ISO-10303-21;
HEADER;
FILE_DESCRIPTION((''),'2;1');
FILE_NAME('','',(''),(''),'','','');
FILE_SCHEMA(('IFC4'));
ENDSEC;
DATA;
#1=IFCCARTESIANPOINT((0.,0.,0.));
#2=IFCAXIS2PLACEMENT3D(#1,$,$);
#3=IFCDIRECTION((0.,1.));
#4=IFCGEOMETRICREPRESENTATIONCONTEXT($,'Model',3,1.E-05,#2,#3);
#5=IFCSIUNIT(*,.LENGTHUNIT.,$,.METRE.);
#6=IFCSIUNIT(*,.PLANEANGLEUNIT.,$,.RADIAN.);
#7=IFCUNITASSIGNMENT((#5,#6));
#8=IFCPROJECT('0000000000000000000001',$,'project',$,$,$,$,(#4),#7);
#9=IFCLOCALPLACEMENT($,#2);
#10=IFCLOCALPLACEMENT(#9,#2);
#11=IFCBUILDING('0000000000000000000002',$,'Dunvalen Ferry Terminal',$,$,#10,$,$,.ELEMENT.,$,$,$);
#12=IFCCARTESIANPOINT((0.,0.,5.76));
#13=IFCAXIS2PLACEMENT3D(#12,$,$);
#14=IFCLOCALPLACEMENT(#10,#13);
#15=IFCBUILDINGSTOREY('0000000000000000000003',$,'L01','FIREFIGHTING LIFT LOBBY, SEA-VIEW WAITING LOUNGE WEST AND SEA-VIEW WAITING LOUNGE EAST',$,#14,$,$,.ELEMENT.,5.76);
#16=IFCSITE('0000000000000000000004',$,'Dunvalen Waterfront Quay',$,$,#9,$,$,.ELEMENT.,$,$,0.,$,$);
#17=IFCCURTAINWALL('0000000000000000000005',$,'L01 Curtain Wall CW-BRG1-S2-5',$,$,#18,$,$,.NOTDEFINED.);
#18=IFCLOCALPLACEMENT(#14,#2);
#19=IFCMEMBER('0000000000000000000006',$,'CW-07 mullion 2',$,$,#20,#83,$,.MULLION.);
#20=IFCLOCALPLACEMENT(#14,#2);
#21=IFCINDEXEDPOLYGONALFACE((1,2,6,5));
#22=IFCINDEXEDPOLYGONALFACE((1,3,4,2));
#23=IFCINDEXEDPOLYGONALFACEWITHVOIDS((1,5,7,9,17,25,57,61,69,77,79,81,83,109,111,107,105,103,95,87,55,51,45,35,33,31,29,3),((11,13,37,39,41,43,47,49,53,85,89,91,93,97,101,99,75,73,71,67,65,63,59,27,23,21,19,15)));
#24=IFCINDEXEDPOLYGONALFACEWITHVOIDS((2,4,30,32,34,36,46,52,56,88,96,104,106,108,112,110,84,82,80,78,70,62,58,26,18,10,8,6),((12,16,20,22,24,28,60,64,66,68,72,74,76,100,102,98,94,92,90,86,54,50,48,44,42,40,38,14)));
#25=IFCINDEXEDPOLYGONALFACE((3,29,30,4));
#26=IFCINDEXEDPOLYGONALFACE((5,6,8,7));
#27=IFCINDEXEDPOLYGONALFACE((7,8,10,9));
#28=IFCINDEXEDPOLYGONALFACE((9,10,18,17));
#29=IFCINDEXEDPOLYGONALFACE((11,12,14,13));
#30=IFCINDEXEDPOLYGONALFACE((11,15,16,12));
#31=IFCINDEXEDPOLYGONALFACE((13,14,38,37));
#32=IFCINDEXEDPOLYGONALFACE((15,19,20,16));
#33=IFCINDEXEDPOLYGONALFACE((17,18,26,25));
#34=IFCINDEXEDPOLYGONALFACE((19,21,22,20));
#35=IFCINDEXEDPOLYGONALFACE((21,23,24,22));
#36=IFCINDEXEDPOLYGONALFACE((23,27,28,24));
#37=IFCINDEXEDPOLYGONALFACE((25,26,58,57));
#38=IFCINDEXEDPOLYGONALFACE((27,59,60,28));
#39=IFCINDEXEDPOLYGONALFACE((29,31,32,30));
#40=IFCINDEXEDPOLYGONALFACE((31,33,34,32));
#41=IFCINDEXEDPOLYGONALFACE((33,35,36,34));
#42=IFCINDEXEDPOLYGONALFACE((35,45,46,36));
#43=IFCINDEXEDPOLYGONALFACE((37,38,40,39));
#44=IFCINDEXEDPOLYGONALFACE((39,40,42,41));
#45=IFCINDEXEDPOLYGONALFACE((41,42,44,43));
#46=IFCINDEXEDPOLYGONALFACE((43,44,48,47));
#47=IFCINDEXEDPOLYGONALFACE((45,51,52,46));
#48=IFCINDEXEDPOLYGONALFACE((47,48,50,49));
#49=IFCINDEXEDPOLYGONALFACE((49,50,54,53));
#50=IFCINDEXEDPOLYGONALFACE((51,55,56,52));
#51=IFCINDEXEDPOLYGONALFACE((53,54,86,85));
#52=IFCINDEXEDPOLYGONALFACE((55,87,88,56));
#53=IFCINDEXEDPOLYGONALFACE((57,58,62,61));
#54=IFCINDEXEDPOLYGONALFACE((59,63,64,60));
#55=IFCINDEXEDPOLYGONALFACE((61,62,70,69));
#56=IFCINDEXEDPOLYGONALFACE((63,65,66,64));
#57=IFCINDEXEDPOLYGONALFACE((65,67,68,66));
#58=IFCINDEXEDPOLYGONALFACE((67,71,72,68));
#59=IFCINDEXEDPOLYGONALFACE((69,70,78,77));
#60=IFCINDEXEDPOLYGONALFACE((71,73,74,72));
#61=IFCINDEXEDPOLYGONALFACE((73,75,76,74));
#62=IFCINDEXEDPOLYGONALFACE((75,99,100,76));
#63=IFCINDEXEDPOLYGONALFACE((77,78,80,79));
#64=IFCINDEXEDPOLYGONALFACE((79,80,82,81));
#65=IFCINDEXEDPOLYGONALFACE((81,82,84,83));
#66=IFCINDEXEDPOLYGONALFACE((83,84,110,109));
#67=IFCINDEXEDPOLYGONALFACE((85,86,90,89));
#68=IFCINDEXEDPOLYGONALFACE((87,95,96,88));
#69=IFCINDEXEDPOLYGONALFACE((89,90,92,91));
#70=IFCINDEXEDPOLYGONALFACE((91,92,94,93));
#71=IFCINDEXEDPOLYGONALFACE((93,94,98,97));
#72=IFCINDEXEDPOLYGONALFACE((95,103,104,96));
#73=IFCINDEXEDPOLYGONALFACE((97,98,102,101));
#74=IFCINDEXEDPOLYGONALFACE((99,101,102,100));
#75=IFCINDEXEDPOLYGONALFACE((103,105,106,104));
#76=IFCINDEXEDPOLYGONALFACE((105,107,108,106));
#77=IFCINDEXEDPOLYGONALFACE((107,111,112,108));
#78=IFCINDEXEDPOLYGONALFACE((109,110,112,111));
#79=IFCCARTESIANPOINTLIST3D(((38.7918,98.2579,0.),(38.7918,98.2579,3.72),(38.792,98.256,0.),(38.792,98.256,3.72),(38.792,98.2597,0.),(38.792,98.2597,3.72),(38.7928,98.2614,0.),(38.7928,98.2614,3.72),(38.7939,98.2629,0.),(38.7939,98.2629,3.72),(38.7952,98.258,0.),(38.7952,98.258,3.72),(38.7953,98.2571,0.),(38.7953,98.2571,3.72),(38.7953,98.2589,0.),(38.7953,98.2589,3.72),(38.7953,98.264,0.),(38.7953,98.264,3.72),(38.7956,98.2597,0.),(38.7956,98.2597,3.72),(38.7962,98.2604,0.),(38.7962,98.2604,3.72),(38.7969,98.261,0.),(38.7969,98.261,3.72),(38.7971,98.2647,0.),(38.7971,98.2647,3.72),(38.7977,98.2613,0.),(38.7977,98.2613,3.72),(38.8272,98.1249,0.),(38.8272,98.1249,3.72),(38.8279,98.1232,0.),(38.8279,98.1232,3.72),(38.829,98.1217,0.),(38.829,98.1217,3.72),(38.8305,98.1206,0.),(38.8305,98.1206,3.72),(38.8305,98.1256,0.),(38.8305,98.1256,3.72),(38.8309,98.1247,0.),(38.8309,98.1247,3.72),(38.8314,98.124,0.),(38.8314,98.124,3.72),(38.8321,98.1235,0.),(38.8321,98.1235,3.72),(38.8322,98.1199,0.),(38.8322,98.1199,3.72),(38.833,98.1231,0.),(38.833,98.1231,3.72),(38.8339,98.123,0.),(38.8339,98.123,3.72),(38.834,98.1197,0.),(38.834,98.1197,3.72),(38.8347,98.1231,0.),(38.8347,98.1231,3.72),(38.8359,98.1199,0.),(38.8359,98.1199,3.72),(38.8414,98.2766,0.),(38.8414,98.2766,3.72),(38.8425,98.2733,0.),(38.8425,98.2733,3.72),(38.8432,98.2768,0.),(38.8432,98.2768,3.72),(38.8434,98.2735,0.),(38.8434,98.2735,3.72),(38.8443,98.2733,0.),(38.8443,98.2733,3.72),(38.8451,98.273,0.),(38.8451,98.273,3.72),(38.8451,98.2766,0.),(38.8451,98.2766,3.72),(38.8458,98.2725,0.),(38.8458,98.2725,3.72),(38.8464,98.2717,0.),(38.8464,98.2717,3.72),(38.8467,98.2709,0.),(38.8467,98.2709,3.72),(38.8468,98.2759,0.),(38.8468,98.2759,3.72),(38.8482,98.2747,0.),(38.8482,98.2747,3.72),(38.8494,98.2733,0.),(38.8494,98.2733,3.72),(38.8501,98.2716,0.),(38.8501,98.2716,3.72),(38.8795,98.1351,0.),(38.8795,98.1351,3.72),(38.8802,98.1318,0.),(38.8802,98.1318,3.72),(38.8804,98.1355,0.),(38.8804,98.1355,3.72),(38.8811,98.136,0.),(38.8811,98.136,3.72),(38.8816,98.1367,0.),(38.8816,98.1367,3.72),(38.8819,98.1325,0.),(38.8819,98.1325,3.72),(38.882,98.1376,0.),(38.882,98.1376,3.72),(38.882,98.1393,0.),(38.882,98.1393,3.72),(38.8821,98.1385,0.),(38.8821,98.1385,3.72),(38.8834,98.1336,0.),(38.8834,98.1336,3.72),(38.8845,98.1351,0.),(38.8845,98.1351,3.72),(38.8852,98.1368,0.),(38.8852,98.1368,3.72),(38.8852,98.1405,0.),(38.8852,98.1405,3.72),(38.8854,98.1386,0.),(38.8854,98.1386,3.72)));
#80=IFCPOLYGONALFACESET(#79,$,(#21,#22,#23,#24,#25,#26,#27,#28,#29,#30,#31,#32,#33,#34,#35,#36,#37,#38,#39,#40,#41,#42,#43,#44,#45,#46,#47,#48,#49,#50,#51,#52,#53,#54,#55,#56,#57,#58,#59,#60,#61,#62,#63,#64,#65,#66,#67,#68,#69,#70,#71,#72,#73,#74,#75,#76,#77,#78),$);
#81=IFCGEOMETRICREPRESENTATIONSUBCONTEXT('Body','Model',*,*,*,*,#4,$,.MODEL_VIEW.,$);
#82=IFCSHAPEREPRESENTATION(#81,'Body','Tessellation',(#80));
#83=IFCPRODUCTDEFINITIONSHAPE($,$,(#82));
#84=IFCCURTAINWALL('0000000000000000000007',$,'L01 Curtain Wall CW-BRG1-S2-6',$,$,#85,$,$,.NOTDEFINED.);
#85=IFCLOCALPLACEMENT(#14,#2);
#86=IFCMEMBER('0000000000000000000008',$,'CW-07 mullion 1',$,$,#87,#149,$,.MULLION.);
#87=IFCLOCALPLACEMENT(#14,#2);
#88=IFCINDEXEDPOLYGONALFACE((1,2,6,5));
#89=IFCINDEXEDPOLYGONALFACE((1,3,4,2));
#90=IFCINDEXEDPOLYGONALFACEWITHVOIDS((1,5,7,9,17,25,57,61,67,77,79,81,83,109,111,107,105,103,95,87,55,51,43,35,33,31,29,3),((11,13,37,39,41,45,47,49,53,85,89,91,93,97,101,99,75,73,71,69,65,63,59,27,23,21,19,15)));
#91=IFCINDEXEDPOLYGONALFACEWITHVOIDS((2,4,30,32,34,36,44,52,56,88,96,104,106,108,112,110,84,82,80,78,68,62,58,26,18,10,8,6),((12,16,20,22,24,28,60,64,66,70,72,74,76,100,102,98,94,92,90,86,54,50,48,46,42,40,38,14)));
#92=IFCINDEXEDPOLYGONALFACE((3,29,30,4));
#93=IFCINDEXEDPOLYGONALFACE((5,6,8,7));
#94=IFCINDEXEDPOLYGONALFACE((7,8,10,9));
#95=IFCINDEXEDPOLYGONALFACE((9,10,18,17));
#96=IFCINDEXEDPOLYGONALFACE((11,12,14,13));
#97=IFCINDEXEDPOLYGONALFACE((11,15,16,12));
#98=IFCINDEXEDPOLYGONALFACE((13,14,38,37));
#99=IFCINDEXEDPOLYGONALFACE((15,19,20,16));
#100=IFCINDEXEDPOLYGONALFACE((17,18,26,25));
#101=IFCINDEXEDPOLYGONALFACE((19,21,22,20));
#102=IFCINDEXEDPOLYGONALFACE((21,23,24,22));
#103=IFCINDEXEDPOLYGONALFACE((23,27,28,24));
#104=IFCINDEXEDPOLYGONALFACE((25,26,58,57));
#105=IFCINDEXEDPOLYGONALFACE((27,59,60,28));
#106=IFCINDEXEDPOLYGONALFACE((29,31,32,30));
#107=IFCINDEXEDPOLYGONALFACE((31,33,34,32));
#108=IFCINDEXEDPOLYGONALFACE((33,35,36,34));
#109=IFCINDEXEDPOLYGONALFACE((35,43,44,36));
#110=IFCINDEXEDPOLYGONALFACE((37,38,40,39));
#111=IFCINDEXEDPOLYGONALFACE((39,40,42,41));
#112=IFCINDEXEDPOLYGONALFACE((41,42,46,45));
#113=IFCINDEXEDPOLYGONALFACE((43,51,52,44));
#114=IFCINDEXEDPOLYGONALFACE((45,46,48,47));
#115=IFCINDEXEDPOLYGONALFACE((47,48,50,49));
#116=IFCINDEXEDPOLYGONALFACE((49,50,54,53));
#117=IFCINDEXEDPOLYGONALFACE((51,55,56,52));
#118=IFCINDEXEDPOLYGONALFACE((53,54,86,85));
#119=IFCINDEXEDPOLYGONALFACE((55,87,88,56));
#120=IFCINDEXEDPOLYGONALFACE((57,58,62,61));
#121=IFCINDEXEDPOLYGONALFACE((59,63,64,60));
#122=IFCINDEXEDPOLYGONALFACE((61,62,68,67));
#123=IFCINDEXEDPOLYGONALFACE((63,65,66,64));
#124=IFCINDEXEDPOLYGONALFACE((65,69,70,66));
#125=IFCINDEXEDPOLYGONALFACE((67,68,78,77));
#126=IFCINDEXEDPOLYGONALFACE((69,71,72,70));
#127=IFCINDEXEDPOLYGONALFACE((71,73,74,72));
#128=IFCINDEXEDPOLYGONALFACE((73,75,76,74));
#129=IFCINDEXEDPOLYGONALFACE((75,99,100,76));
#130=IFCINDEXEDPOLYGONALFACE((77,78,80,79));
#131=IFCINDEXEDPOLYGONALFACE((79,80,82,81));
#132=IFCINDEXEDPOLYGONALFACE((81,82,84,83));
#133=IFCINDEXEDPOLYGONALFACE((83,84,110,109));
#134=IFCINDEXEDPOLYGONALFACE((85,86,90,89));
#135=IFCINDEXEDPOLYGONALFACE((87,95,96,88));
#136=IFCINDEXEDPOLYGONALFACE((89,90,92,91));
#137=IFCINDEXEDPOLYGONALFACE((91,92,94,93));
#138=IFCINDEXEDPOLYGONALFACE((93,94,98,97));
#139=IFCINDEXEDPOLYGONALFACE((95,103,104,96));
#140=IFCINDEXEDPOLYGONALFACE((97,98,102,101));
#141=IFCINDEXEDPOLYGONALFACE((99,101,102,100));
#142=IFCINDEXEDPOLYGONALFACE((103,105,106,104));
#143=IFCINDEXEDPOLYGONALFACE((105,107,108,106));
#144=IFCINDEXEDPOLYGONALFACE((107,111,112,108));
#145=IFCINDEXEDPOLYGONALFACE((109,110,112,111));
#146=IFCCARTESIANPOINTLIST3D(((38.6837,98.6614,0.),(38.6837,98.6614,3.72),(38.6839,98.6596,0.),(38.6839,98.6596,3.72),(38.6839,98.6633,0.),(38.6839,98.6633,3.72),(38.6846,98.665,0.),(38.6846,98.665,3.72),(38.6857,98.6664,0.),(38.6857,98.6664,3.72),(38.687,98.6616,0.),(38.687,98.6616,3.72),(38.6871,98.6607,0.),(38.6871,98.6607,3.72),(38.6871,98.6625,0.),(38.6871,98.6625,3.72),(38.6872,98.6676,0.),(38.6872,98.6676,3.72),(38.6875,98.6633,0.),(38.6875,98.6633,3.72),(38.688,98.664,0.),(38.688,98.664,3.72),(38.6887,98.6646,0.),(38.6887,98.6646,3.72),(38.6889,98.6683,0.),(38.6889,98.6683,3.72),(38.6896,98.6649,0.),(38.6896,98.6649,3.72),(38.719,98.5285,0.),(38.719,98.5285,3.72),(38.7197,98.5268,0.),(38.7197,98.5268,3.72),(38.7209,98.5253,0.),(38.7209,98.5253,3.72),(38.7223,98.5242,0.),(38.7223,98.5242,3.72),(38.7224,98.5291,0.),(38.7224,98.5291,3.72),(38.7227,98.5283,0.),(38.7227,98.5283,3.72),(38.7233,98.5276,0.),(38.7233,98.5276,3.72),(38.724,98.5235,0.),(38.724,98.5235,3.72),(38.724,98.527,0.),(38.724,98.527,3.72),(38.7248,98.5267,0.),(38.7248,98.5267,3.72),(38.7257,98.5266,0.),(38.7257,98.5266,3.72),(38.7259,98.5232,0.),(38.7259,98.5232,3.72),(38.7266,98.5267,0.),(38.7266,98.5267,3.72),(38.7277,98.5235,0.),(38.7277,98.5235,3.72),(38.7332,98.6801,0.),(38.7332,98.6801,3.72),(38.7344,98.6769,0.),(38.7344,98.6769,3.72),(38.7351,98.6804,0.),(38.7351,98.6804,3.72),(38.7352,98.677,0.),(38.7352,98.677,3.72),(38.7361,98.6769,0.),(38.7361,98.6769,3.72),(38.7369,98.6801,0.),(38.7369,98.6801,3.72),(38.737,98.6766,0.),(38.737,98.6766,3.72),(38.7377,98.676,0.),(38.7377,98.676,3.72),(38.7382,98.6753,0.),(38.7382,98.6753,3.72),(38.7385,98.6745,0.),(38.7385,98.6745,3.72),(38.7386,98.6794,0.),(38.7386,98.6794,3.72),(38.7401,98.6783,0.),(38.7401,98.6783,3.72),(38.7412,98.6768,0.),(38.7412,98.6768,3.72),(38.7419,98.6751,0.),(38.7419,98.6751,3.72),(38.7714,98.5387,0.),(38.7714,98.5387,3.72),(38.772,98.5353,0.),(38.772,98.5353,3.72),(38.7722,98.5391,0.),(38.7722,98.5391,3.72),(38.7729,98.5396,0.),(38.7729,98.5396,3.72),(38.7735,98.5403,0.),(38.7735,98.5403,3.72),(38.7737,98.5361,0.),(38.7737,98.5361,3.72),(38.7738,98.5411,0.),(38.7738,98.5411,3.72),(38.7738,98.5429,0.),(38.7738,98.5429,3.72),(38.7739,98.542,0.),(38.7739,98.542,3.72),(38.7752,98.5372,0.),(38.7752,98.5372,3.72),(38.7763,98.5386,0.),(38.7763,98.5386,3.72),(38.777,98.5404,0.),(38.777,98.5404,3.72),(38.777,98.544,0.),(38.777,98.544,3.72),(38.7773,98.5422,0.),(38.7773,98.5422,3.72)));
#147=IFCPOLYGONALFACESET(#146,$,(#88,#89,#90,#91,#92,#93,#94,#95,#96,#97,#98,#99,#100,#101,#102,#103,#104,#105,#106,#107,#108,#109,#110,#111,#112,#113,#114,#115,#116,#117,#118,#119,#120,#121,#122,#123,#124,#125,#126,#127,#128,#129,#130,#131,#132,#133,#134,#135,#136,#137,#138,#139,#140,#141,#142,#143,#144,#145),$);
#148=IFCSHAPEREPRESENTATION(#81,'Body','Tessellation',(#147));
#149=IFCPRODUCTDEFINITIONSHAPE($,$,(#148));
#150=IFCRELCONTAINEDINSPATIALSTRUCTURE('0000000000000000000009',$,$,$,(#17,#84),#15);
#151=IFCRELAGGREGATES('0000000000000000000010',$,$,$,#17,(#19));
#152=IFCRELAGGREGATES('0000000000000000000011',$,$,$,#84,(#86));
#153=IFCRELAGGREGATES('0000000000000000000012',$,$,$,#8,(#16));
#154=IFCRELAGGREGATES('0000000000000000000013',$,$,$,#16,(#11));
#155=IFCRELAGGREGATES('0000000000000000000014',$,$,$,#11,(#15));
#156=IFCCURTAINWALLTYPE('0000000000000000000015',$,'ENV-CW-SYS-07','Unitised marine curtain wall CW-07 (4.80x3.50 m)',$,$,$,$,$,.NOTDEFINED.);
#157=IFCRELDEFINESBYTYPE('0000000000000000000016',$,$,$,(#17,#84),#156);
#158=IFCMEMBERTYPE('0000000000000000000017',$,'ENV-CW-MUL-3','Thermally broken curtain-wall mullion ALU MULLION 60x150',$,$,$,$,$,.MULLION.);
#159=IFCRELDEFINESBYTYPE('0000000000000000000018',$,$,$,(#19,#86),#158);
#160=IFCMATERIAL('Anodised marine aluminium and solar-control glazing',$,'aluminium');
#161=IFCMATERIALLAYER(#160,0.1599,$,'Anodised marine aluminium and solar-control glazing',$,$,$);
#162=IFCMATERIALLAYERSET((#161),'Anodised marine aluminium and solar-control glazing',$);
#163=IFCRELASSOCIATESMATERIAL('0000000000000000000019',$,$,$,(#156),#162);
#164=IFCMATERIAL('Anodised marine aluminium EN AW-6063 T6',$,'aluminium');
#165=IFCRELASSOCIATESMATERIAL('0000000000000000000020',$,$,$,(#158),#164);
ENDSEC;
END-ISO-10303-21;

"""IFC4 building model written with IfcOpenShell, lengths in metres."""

from ifc_helpers import new_model, si_unit, direction, frame, origin, origin_2d, place, context, subcontext, project, spatial, hollow_rectangle, extrude, material, layer, layer_set, material_profile, profile_set, type_object, element, aggregate, save


model = new_model("IFC4")

# Units and contexts
model_context = context("Model", 3, precision=1e-05, world=origin(), true_north=direction((0.0, 1.0)))
body_context = subcontext(model_context, "Body", "Model", "MODEL_VIEW")
ifc_project = project(units=[si_unit("LENGTHUNIT", "METRE"), si_unit("PLANEANGLEUNIT", "RADIAN")], contexts=[model_context])

# Site, building, storey
site_placement = place(None, origin())
site = spatial("IfcSite", under=ifc_project, at=site_placement, Name="Dunvalen Waterfront Quay", CompositionType="ELEMENT", RefElevation=0.0)
building_placement = place(site_placement, origin())
building = spatial("IfcBuilding", under=site, at=building_placement, Name="Dunvalen Ferry Terminal", CompositionType="ELEMENT")
storey_placement = place(building_placement, frame((0.0, 0.0, 5.76)))
storey = spatial("IfcBuildingStorey", under=building, at=storey_placement, Name="L01", Description="FIREFIGHTING LIFT LOBBY, SEA-VIEW WAITING LOUNGE WEST AND SEA-VIEW WAITING LOUNGE EAST", CompositionType="ELEMENT", Elevation=5.76)

# Shared definitions
ifc_material_1 = material(Name="Anodised marine aluminium and solar-control glazing", Category="aluminium")
ifc_layer_1 = layer(ifc_material_1, 0.1599, Name="Anodised marine aluminium and solar-control glazing")
ifc_layer_set_1 = layer_set([ifc_layer_1], Name="Anodised marine aluminium and solar-control glazing")
curtain_wall_type_1 = type_object("IfcCurtainWallType", Name="ENV-CW-SYS-07", Description="Unitised marine curtain wall CW-07 (4.80x3.50 m)", PredefinedType="NOTDEFINED", material=ifc_layer_set_1)
ifc_material_2 = material(Name="Anodised marine aluminium EN AW-6063 T6", Category="aluminium")
ifc_material_profile_1 = material_profile(ifc_material_2, hollow_rectangle(XDim=0.0601, YDim=0.1499, WallThickness=0.0034, InnerFilletRadius=0.0034, OuterFilletRadius=0.0071, at=origin_2d()), Name="Anodised marine aluminium EN AW-6063 T6")
ifc_profile_set_1 = profile_set([ifc_material_profile_1], Name="Anodised marine aluminium EN AW-6063 T6")
member_type_1 = type_object("IfcMemberType", Name="ENV-CW-MUL-3", Description="Thermally broken curtain-wall mullion ALU MULLION 60x150", PredefinedType="MULLION", material=ifc_profile_set_1)

# Curtain walls, members
curtain_wall_1_placement = place(storey_placement, origin())
curtain_wall_1 = element("IfcCurtainWall", 1, at=curtain_wall_1_placement, inside=storey, type_object=curtain_wall_type_1, Name="L01 Curtain Wall CW-BRG1-S2-5", PredefinedType="NOTDEFINED")
member_1_placement = place(storey_placement, frame((38.8386, 98.1982, 0.0), z_axis=(0.0, 0.0, 1.0), x_axis=(-0.965923, -0.25883, 0.0)))
member_1 = element("IfcMember", 2, at=member_1_placement, type_object=member_type_1, Name="CW-07 mullion 2", PredefinedType="MULLION", context=body_context, shape_type="SweptSolid", body=[
    extrude(hollow_rectangle(XDim=0.0601, YDim=0.1499, WallThickness=0.0034, InnerFilletRadius=0.0034, OuterFilletRadius=0.0071, at=origin_2d()), origin(), (0.0, 0.0, 1.0), 3.72),
])
curtain_wall_2_placement = place(storey_placement, origin())
curtain_wall_2 = element("IfcCurtainWall", 3, at=curtain_wall_2_placement, inside=storey, type_object=curtain_wall_type_1, Name="L01 Curtain Wall CW-BRG1-S2-6", PredefinedType="NOTDEFINED")
member_2_placement = place(storey_placement, frame((38.7305, 98.6018, 0.0), z_axis=(0.0, 0.0, 1.0), x_axis=(-0.965923, -0.25883, 0.0)))
member_2 = element("IfcMember", 4, at=member_2_placement, type_object=member_type_1, Name="CW-07 mullion 1", PredefinedType="MULLION", context=body_context, shape_type="SweptSolid", body=[
    extrude(hollow_rectangle(XDim=0.0601, YDim=0.1499, WallThickness=0.0034, InnerFilletRadius=0.0034, OuterFilletRadius=0.0071, at=origin_2d()), origin(), (0.0, 0.0, 1.0), 3.72),
])

aggregate(curtain_wall_1, [member_1])
aggregate(curtain_wall_2, [member_2])

save(model, "model.ifc")
